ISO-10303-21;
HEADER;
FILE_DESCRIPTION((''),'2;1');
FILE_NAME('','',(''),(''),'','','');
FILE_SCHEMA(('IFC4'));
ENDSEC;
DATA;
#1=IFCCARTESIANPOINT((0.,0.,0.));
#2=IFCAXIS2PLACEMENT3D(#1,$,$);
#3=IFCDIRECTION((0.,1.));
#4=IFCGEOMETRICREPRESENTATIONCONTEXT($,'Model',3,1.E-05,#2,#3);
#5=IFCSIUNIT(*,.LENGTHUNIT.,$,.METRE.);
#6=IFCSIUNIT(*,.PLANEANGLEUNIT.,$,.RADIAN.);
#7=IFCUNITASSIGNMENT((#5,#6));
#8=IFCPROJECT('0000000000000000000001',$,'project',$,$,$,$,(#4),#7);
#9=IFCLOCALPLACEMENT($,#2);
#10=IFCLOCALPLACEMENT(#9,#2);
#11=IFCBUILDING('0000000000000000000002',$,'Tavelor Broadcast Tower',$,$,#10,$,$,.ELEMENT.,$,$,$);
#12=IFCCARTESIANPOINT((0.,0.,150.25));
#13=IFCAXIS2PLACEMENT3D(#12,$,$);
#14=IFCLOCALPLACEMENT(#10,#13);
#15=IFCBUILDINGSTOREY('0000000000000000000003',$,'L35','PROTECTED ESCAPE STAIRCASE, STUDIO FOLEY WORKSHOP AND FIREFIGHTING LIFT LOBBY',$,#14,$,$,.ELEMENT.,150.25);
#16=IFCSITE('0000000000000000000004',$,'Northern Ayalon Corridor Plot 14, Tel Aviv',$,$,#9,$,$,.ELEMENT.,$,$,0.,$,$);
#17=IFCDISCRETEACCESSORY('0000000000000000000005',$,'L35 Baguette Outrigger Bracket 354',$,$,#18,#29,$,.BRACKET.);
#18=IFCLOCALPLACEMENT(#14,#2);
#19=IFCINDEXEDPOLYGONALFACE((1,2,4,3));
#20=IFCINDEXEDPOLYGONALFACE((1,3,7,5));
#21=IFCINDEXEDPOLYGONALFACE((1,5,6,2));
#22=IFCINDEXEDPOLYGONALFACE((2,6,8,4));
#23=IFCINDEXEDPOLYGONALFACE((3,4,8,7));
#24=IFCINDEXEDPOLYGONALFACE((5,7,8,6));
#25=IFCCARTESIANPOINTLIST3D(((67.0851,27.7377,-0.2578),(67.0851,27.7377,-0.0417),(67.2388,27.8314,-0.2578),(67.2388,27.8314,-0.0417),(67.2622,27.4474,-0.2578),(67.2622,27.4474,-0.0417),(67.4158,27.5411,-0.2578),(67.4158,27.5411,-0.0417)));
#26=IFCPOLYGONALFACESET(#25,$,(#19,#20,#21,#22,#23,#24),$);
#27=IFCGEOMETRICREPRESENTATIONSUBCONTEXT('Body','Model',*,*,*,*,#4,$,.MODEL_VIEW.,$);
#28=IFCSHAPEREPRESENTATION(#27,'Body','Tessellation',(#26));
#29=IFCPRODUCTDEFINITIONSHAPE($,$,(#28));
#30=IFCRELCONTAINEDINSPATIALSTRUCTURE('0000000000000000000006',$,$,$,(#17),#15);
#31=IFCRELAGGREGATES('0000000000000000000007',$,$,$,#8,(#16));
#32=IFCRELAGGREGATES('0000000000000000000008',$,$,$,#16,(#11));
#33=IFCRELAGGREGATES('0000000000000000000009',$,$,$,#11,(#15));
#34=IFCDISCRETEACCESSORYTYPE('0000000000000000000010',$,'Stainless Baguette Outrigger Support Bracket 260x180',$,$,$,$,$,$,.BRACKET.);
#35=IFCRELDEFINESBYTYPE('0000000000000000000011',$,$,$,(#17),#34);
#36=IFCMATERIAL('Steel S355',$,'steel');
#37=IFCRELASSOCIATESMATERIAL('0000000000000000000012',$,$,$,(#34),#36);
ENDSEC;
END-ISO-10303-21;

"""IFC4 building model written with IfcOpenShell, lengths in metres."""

from ifc_helpers import new_model, si_unit, direction, frame, origin, origin_2d, place, context, subcontext, project, spatial, rectangle, extrude, source, transform, mapped, material, type_object, type_shapes, element, save


model = new_model("IFC4")

# Units and contexts
model_context = context("Model", 3, precision=1e-05, world=origin(), true_north=direction((0.0, 1.0)))
body_context = subcontext(model_context, "Body", "Model", "MODEL_VIEW")
ifc_project = project(units=[si_unit("LENGTHUNIT", "METRE"), si_unit("PLANEANGLEUNIT", "RADIAN")], contexts=[model_context])

# Site, building, storey
site_placement = place(None, origin())
site = spatial("IfcSite", under=ifc_project, at=site_placement, Name="Northern Ayalon Corridor Plot 14, Tel Aviv", CompositionType="ELEMENT", RefElevation=0.0)
building_placement = place(site_placement, origin())
building = spatial("IfcBuilding", under=site, at=building_placement, Name="Tavelor Broadcast Tower", CompositionType="ELEMENT")
storey_placement = place(building_placement, frame((0.0, 0.0, 150.25)))
storey = spatial("IfcBuildingStorey", under=building, at=storey_placement, Name="L35", Description="PROTECTED ESCAPE STAIRCASE, STUDIO FOLEY WORKSHOP AND FIREFIGHTING LIFT LOBBY", CompositionType="ELEMENT", Elevation=150.25)

# Shared definitions
ifc_material_1 = material(Name="Steel S355", Category="steel")

# Discrete accessory
discrete_accessory_type = type_object("IfcDiscreteAccessoryType", Name="Stainless Baguette Outrigger Support Bracket 260x180", PredefinedType="BRACKET", material=ifc_material_1)
shared_shape_1 = source(origin(), body_context, "Body", "SweptSolid", [
    extrude(rectangle(XDim=0.1799, YDim=0.3401, at=origin_2d()), origin(), (0.0, 0.0, 1.0), 0.2161),
])
type_shapes(discrete_accessory_type, [shared_shape_1])
discrete_accessory_placement = place(storey_placement, frame((67.2505, 27.6394, -0.2578), z_axis=(0.0, 0.0, 1.0), x_axis=(0.853733, 0.520712, 0.0)))
element("IfcDiscreteAccessory", 1, at=discrete_accessory_placement, inside=storey, type_object=discrete_accessory_type, Name="L35 Baguette Outrigger Bracket 354", PredefinedType="BRACKET", context=body_context, shape_type="MappedRepresentation", body=[
    mapped(shared_shape_1, transform((0.0, 0.0, 0.0), scale=1.0)),
])

save(model, "model.ifc")
